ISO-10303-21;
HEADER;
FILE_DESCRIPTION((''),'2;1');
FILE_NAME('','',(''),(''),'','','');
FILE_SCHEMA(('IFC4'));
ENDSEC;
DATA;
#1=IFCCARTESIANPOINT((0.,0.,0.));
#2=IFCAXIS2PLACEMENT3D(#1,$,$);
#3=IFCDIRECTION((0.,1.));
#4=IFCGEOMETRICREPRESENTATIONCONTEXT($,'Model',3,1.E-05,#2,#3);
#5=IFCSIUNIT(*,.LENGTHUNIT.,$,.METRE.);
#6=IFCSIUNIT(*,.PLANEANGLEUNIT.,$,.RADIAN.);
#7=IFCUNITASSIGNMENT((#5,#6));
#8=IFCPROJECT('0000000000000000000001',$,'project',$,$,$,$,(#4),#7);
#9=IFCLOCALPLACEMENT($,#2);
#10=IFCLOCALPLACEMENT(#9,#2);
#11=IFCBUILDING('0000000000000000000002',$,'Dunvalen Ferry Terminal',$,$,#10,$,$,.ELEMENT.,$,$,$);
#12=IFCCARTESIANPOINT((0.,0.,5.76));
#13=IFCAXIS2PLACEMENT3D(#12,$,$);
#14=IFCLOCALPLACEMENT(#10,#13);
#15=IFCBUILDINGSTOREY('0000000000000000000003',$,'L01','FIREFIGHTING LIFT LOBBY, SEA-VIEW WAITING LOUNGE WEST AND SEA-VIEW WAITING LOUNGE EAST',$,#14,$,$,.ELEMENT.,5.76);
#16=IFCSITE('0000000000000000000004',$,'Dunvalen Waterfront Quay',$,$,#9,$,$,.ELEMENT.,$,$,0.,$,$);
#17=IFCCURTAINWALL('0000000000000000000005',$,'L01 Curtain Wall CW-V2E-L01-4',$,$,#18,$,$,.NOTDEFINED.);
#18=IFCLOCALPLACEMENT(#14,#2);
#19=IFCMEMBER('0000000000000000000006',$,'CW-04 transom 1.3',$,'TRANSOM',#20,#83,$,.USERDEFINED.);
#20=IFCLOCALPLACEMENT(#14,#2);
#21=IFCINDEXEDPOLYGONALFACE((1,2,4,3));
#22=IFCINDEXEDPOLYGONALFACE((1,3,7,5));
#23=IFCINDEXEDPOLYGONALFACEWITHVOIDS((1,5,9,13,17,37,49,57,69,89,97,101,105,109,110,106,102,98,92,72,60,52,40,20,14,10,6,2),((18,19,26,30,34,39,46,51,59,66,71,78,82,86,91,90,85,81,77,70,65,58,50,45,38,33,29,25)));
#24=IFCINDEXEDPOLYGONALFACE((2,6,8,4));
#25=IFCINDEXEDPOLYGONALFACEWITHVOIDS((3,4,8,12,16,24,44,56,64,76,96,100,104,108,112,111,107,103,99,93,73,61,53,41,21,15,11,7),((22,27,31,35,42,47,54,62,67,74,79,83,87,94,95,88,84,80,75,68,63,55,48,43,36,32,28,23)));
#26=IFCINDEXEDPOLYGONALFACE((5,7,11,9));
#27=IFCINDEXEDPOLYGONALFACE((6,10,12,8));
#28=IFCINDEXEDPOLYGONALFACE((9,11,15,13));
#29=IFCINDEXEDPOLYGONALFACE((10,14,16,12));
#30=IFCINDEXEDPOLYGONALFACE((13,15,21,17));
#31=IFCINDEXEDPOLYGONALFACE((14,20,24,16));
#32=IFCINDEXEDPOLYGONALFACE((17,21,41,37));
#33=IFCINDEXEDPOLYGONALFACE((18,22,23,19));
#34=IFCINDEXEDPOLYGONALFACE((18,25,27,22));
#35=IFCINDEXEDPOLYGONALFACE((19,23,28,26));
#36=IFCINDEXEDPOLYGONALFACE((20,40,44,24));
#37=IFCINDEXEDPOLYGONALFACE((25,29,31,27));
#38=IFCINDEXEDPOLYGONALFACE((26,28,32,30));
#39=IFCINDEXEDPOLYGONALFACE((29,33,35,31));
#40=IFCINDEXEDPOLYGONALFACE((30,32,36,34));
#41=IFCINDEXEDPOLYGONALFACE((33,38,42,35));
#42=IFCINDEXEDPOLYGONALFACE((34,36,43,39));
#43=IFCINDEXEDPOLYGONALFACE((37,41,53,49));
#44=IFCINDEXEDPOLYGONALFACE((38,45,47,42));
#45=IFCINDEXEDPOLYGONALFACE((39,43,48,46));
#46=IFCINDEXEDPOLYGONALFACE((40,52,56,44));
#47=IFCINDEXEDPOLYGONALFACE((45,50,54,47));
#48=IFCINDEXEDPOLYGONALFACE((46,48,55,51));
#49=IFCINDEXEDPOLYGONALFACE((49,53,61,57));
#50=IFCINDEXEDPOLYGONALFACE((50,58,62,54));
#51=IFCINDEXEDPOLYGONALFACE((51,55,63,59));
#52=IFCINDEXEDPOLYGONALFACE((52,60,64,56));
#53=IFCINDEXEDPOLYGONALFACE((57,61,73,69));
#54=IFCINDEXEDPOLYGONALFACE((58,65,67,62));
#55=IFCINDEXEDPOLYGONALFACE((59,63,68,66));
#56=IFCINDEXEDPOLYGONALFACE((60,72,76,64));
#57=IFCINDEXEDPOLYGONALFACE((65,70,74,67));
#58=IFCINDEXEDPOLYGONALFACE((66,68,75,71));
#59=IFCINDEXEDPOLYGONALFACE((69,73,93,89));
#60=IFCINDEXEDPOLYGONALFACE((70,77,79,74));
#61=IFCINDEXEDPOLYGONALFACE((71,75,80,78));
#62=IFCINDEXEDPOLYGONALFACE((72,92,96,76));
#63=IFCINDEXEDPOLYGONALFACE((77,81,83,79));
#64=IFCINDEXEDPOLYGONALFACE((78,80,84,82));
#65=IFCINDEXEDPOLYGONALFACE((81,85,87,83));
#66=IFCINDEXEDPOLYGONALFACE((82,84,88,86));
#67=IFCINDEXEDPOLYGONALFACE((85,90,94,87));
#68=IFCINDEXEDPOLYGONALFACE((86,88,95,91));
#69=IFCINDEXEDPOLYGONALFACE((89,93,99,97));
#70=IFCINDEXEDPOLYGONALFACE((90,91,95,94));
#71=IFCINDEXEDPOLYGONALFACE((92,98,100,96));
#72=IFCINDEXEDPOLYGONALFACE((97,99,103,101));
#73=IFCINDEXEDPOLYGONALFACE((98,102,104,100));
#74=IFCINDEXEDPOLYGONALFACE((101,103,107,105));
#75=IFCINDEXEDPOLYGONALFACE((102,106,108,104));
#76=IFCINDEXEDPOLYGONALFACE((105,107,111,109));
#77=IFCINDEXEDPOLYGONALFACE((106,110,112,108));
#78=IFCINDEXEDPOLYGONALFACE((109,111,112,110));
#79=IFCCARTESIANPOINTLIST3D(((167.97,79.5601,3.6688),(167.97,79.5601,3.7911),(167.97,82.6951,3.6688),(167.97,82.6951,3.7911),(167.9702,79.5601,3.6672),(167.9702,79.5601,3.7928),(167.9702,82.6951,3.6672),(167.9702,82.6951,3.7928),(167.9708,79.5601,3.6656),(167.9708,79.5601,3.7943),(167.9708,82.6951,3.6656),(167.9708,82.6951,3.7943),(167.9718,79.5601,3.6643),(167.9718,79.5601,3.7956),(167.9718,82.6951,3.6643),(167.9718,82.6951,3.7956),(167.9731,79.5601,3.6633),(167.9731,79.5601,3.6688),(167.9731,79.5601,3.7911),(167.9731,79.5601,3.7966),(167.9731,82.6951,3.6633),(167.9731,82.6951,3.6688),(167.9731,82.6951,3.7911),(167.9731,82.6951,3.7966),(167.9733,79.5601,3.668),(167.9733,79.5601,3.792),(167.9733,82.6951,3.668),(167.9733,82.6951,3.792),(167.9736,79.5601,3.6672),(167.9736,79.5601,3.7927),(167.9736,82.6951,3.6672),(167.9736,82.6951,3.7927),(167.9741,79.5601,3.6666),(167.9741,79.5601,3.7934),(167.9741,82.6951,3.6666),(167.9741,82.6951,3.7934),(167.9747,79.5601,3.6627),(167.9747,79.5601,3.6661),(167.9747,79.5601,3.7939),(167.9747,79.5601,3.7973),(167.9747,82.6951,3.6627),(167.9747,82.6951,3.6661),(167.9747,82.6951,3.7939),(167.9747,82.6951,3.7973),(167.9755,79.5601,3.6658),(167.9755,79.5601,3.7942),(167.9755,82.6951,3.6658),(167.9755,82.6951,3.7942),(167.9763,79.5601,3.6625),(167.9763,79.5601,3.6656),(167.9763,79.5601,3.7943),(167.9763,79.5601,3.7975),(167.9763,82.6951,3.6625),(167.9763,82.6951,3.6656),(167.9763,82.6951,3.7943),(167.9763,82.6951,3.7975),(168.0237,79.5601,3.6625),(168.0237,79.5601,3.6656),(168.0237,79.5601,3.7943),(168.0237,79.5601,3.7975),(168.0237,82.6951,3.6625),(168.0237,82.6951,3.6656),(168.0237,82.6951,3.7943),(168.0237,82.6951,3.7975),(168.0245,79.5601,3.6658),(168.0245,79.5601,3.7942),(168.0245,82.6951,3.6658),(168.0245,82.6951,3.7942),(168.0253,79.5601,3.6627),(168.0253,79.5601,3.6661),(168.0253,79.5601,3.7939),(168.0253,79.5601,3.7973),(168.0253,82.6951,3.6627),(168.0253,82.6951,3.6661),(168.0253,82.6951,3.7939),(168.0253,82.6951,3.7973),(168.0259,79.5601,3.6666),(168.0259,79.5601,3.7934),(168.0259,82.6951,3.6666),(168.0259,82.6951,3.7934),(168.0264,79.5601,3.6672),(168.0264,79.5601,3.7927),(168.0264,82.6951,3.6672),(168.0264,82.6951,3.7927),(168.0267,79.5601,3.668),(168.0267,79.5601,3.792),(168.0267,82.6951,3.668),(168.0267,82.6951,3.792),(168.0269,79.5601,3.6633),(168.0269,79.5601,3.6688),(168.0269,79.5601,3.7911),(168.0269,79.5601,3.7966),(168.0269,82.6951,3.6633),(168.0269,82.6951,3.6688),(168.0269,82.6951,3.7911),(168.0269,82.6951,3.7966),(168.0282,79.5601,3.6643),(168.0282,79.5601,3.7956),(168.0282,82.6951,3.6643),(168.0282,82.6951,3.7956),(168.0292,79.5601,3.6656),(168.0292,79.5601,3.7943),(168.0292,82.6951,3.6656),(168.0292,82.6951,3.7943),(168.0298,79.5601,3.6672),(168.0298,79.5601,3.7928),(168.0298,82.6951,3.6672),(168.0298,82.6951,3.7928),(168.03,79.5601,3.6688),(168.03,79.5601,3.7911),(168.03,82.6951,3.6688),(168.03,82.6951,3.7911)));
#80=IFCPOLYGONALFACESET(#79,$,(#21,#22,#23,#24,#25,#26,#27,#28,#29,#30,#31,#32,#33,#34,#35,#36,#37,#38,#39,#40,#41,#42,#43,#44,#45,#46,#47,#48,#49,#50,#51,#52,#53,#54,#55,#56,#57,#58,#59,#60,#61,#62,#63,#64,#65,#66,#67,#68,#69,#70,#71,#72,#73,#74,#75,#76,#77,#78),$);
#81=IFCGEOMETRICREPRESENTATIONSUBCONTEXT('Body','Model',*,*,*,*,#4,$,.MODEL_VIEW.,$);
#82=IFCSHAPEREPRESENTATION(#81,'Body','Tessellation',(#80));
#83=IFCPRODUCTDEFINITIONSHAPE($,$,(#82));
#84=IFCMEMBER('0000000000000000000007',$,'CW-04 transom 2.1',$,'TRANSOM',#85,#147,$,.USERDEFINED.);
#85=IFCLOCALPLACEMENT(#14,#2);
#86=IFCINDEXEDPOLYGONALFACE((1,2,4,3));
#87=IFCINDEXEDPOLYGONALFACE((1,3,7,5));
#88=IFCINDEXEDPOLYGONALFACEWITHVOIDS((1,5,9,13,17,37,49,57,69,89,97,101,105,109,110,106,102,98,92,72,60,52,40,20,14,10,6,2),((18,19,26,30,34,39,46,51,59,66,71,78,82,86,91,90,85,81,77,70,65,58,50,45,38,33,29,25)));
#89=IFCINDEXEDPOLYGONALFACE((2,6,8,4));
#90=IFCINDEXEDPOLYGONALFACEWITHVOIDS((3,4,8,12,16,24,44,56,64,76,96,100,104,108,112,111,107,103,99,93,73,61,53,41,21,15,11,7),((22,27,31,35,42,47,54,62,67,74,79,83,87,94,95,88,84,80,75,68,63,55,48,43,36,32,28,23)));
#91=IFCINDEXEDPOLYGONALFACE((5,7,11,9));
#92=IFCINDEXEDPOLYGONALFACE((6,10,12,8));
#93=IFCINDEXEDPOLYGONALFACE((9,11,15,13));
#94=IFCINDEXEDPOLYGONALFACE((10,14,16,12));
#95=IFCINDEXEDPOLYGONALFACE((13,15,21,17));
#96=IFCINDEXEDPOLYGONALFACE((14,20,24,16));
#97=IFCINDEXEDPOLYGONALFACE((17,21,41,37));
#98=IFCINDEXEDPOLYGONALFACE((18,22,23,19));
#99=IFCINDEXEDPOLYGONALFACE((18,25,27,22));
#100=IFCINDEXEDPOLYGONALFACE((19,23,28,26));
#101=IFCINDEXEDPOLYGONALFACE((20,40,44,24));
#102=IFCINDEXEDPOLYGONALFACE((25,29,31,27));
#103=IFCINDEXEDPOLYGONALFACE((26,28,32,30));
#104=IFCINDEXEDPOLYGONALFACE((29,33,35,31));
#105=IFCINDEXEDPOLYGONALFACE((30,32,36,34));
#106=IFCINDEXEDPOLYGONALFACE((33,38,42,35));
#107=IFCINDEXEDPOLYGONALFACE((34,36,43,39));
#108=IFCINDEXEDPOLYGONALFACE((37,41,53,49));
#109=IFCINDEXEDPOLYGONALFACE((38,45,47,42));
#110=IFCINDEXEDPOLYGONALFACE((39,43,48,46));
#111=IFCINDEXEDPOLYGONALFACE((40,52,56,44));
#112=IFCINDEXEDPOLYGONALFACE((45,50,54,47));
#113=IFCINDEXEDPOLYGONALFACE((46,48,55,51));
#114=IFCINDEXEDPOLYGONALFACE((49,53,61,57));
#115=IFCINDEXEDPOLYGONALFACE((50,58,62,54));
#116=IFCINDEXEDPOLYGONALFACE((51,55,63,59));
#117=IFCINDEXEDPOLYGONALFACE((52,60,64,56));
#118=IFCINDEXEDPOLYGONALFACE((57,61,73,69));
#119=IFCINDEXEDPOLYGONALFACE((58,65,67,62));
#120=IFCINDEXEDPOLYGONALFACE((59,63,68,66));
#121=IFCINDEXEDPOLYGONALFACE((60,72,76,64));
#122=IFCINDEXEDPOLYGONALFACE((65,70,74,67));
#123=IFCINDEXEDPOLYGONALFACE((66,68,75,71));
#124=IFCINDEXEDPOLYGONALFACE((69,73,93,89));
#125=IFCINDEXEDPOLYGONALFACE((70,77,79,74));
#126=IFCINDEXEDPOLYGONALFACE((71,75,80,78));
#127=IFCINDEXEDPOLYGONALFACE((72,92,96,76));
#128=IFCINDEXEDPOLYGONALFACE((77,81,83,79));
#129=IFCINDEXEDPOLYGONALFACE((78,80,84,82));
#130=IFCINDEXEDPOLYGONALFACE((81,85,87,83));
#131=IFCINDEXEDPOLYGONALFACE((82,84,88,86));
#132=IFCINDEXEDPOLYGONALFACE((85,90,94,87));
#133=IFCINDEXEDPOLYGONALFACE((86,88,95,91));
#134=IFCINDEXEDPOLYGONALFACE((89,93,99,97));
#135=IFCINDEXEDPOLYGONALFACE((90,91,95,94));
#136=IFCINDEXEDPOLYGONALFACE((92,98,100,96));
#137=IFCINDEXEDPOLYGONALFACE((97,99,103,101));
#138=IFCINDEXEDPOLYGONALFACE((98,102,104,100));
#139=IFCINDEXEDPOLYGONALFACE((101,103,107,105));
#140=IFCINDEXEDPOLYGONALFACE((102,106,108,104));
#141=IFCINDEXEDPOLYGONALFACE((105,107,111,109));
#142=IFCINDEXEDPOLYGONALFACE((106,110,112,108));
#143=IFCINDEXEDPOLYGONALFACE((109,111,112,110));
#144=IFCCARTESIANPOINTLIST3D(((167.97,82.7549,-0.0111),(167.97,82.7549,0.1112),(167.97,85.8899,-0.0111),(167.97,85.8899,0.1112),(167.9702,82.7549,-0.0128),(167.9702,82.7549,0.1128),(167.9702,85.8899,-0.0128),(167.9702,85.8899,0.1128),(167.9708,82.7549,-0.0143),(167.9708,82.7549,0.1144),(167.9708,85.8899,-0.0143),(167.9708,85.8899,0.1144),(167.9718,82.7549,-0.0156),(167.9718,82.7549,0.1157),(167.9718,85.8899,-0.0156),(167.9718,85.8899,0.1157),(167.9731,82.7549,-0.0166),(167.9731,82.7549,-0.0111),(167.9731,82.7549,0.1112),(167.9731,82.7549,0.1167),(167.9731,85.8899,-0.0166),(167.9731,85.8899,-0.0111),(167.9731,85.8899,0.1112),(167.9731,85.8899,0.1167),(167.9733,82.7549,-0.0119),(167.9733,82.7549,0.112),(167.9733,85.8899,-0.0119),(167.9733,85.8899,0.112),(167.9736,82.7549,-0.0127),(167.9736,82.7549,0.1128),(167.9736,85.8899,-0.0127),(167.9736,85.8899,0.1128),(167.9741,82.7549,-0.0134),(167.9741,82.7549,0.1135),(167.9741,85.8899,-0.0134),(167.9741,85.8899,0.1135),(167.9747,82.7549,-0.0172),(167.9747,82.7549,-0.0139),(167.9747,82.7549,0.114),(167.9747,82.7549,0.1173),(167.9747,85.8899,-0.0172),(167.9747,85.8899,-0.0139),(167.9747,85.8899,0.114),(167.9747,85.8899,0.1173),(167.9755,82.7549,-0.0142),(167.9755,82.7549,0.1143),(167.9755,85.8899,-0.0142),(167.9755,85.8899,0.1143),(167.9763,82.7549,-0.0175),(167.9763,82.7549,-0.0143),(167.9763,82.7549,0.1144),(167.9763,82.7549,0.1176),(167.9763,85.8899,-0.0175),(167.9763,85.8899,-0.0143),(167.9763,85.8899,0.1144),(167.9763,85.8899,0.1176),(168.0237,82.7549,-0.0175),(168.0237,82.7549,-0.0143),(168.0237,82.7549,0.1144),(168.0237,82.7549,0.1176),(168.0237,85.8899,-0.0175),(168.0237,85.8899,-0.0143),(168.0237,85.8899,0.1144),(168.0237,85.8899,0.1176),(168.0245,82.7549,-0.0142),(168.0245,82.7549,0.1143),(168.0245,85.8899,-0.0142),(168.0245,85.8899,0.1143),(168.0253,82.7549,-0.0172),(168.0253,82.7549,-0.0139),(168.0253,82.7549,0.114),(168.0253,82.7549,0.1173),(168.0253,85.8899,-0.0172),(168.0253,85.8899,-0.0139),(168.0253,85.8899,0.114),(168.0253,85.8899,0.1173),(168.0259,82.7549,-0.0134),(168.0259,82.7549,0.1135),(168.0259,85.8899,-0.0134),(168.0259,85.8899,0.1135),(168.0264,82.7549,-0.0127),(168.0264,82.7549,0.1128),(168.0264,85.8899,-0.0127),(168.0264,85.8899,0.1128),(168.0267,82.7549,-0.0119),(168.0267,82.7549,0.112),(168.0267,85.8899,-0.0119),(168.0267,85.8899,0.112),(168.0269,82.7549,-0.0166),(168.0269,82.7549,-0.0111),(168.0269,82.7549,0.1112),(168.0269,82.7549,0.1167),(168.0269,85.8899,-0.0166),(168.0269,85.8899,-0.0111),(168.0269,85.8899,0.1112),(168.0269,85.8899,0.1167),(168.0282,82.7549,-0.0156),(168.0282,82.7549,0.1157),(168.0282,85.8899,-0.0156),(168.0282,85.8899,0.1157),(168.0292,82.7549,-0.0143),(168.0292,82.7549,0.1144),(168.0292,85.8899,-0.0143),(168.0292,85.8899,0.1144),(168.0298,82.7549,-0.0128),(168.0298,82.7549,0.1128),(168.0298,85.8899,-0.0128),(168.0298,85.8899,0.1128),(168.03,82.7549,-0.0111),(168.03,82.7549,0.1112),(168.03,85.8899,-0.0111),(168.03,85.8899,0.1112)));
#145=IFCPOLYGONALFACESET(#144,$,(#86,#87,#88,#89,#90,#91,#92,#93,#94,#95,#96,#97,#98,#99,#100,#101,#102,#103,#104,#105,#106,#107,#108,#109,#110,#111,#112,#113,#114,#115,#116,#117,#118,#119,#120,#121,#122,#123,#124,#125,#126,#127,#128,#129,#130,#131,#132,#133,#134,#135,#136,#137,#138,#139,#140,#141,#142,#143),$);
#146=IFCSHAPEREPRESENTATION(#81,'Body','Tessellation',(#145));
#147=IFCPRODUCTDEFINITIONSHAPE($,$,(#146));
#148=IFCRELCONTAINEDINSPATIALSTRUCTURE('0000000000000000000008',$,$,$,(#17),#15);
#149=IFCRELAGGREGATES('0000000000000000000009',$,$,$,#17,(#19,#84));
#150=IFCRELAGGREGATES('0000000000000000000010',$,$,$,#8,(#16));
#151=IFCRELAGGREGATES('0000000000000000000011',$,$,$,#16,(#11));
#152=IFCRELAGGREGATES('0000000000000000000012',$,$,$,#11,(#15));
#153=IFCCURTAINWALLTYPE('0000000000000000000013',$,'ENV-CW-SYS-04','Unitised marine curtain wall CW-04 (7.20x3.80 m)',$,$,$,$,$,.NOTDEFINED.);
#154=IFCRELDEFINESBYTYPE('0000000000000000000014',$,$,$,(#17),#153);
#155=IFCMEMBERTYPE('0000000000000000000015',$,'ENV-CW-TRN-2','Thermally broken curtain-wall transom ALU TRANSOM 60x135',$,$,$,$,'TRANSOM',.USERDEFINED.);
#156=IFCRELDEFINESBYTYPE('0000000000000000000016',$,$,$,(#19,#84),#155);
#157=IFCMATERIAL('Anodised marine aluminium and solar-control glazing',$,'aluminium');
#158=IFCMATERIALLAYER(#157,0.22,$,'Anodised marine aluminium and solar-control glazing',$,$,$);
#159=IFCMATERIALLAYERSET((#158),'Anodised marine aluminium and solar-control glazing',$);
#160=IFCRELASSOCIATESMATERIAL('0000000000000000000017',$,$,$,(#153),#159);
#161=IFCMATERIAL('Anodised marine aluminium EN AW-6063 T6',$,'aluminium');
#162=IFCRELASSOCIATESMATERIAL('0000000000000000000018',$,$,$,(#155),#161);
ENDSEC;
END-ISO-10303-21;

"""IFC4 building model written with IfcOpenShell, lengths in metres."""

from ifc_helpers import new_model, si_unit, direction, frame, origin, origin_2d, place, context, subcontext, project, spatial, hollow_rectangle, extrude, material, layer, layer_set, material_profile, profile_set, type_object, element, aggregate, save


model = new_model("IFC4")

# Units and contexts
model_context = context("Model", 3, precision=1e-05, world=origin(), true_north=direction((0.0, 1.0)))
body_context = subcontext(model_context, "Body", "Model", "MODEL_VIEW")
ifc_project = project(units=[si_unit("LENGTHUNIT", "METRE"), si_unit("PLANEANGLEUNIT", "RADIAN")], contexts=[model_context])

# Site, building, storey
site_placement = place(None, origin())
site = spatial("IfcSite", under=ifc_project, at=site_placement, Name="Dunvalen Waterfront Quay", CompositionType="ELEMENT", RefElevation=0.0)
building_placement = place(site_placement, origin())
building = spatial("IfcBuilding", under=site, at=building_placement, Name="Dunvalen Ferry Terminal", CompositionType="ELEMENT")
storey_placement = place(building_placement, frame((0.0, 0.0, 5.76)))
storey = spatial("IfcBuildingStorey", under=building, at=storey_placement, Name="L01", Description="FIREFIGHTING LIFT LOBBY, SEA-VIEW WAITING LOUNGE WEST AND SEA-VIEW WAITING LOUNGE EAST", CompositionType="ELEMENT", Elevation=5.76)

# Shared definitions
ifc_material_1 = material(Name="Anodised marine aluminium and solar-control glazing", Category="aluminium")
ifc_material_2 = material(Name="Anodised marine aluminium EN AW-6063 T6", Category="aluminium")

# Curtain wall
ifc_layer_1 = layer(ifc_material_1, 0.22, Name="Anodised marine aluminium and solar-control glazing")
ifc_layer_set_1 = layer_set([ifc_layer_1], Name="Anodised marine aluminium and solar-control glazing")
curtain_wall_type_1 = type_object("IfcCurtainWallType", Name="ENV-CW-SYS-04", Description="Unitised marine curtain wall CW-04 (7.20x3.80 m)", PredefinedType="NOTDEFINED", material=ifc_layer_set_1)
curtain_wall_1_placement = place(storey_placement, origin())
curtain_wall_1 = element("IfcCurtainWall", 1, at=curtain_wall_1_placement, inside=storey, type_object=curtain_wall_type_1, Name="L01 Curtain Wall CW-V2E-L01-4", PredefinedType="NOTDEFINED")

# Members
ifc_material_profile_1 = material_profile(ifc_material_2, hollow_rectangle(XDim=0.0601, YDim=0.135, WallThickness=0.0032, InnerFilletRadius=0.0032, OuterFilletRadius=0.0063, at=origin_2d()), Name="Anodised marine aluminium EN AW-6063 T6")
ifc_profile_set_1 = profile_set([ifc_material_profile_1], Name="Anodised marine aluminium EN AW-6063 T6")
member_type_1 = type_object("IfcMemberType", Name="ENV-CW-TRN-2", Description="Thermally broken curtain-wall transom ALU TRANSOM 60x135", ElementType="TRANSOM", PredefinedType="USERDEFINED", material=ifc_profile_set_1)
member_1_placement = place(storey_placement, frame((168.0, 79.5601, 3.73), z_axis=(0.0, 1.0, 0.0), x_axis=(-1.0, 0.0, 0.0)))
member_1 = element("IfcMember", 2, at=member_1_placement, type_object=member_type_1, Name="CW-04 transom 1.3", ObjectType="TRANSOM", PredefinedType="USERDEFINED", context=body_context, shape_type="SweptSolid", body=[
    extrude(hollow_rectangle(XDim=0.0601, YDim=0.135, WallThickness=0.0032, InnerFilletRadius=0.0032, OuterFilletRadius=0.0063, at=origin_2d()), origin(), (0.0, 0.0, 1.0), 3.135),
])
member_2_placement = place(storey_placement, frame((168.0, 82.7549, 0.05), z_axis=(0.0, 1.0, 0.0), x_axis=(-1.0, 0.0, 0.0)))
member_2 = element("IfcMember", 3, at=member_2_placement, type_object=member_type_1, Name="CW-04 transom 2.1", ObjectType="TRANSOM", PredefinedType="USERDEFINED", context=body_context, shape_type="SweptSolid", body=[
    extrude(hollow_rectangle(XDim=0.0601, YDim=0.135, WallThickness=0.0032, InnerFilletRadius=0.0032, OuterFilletRadius=0.0063, at=origin_2d()), origin(), (0.0, 0.0, 1.0), 3.135),
])

aggregate(curtain_wall_1, [member_1, member_2])

save(model, "model.ifc")
